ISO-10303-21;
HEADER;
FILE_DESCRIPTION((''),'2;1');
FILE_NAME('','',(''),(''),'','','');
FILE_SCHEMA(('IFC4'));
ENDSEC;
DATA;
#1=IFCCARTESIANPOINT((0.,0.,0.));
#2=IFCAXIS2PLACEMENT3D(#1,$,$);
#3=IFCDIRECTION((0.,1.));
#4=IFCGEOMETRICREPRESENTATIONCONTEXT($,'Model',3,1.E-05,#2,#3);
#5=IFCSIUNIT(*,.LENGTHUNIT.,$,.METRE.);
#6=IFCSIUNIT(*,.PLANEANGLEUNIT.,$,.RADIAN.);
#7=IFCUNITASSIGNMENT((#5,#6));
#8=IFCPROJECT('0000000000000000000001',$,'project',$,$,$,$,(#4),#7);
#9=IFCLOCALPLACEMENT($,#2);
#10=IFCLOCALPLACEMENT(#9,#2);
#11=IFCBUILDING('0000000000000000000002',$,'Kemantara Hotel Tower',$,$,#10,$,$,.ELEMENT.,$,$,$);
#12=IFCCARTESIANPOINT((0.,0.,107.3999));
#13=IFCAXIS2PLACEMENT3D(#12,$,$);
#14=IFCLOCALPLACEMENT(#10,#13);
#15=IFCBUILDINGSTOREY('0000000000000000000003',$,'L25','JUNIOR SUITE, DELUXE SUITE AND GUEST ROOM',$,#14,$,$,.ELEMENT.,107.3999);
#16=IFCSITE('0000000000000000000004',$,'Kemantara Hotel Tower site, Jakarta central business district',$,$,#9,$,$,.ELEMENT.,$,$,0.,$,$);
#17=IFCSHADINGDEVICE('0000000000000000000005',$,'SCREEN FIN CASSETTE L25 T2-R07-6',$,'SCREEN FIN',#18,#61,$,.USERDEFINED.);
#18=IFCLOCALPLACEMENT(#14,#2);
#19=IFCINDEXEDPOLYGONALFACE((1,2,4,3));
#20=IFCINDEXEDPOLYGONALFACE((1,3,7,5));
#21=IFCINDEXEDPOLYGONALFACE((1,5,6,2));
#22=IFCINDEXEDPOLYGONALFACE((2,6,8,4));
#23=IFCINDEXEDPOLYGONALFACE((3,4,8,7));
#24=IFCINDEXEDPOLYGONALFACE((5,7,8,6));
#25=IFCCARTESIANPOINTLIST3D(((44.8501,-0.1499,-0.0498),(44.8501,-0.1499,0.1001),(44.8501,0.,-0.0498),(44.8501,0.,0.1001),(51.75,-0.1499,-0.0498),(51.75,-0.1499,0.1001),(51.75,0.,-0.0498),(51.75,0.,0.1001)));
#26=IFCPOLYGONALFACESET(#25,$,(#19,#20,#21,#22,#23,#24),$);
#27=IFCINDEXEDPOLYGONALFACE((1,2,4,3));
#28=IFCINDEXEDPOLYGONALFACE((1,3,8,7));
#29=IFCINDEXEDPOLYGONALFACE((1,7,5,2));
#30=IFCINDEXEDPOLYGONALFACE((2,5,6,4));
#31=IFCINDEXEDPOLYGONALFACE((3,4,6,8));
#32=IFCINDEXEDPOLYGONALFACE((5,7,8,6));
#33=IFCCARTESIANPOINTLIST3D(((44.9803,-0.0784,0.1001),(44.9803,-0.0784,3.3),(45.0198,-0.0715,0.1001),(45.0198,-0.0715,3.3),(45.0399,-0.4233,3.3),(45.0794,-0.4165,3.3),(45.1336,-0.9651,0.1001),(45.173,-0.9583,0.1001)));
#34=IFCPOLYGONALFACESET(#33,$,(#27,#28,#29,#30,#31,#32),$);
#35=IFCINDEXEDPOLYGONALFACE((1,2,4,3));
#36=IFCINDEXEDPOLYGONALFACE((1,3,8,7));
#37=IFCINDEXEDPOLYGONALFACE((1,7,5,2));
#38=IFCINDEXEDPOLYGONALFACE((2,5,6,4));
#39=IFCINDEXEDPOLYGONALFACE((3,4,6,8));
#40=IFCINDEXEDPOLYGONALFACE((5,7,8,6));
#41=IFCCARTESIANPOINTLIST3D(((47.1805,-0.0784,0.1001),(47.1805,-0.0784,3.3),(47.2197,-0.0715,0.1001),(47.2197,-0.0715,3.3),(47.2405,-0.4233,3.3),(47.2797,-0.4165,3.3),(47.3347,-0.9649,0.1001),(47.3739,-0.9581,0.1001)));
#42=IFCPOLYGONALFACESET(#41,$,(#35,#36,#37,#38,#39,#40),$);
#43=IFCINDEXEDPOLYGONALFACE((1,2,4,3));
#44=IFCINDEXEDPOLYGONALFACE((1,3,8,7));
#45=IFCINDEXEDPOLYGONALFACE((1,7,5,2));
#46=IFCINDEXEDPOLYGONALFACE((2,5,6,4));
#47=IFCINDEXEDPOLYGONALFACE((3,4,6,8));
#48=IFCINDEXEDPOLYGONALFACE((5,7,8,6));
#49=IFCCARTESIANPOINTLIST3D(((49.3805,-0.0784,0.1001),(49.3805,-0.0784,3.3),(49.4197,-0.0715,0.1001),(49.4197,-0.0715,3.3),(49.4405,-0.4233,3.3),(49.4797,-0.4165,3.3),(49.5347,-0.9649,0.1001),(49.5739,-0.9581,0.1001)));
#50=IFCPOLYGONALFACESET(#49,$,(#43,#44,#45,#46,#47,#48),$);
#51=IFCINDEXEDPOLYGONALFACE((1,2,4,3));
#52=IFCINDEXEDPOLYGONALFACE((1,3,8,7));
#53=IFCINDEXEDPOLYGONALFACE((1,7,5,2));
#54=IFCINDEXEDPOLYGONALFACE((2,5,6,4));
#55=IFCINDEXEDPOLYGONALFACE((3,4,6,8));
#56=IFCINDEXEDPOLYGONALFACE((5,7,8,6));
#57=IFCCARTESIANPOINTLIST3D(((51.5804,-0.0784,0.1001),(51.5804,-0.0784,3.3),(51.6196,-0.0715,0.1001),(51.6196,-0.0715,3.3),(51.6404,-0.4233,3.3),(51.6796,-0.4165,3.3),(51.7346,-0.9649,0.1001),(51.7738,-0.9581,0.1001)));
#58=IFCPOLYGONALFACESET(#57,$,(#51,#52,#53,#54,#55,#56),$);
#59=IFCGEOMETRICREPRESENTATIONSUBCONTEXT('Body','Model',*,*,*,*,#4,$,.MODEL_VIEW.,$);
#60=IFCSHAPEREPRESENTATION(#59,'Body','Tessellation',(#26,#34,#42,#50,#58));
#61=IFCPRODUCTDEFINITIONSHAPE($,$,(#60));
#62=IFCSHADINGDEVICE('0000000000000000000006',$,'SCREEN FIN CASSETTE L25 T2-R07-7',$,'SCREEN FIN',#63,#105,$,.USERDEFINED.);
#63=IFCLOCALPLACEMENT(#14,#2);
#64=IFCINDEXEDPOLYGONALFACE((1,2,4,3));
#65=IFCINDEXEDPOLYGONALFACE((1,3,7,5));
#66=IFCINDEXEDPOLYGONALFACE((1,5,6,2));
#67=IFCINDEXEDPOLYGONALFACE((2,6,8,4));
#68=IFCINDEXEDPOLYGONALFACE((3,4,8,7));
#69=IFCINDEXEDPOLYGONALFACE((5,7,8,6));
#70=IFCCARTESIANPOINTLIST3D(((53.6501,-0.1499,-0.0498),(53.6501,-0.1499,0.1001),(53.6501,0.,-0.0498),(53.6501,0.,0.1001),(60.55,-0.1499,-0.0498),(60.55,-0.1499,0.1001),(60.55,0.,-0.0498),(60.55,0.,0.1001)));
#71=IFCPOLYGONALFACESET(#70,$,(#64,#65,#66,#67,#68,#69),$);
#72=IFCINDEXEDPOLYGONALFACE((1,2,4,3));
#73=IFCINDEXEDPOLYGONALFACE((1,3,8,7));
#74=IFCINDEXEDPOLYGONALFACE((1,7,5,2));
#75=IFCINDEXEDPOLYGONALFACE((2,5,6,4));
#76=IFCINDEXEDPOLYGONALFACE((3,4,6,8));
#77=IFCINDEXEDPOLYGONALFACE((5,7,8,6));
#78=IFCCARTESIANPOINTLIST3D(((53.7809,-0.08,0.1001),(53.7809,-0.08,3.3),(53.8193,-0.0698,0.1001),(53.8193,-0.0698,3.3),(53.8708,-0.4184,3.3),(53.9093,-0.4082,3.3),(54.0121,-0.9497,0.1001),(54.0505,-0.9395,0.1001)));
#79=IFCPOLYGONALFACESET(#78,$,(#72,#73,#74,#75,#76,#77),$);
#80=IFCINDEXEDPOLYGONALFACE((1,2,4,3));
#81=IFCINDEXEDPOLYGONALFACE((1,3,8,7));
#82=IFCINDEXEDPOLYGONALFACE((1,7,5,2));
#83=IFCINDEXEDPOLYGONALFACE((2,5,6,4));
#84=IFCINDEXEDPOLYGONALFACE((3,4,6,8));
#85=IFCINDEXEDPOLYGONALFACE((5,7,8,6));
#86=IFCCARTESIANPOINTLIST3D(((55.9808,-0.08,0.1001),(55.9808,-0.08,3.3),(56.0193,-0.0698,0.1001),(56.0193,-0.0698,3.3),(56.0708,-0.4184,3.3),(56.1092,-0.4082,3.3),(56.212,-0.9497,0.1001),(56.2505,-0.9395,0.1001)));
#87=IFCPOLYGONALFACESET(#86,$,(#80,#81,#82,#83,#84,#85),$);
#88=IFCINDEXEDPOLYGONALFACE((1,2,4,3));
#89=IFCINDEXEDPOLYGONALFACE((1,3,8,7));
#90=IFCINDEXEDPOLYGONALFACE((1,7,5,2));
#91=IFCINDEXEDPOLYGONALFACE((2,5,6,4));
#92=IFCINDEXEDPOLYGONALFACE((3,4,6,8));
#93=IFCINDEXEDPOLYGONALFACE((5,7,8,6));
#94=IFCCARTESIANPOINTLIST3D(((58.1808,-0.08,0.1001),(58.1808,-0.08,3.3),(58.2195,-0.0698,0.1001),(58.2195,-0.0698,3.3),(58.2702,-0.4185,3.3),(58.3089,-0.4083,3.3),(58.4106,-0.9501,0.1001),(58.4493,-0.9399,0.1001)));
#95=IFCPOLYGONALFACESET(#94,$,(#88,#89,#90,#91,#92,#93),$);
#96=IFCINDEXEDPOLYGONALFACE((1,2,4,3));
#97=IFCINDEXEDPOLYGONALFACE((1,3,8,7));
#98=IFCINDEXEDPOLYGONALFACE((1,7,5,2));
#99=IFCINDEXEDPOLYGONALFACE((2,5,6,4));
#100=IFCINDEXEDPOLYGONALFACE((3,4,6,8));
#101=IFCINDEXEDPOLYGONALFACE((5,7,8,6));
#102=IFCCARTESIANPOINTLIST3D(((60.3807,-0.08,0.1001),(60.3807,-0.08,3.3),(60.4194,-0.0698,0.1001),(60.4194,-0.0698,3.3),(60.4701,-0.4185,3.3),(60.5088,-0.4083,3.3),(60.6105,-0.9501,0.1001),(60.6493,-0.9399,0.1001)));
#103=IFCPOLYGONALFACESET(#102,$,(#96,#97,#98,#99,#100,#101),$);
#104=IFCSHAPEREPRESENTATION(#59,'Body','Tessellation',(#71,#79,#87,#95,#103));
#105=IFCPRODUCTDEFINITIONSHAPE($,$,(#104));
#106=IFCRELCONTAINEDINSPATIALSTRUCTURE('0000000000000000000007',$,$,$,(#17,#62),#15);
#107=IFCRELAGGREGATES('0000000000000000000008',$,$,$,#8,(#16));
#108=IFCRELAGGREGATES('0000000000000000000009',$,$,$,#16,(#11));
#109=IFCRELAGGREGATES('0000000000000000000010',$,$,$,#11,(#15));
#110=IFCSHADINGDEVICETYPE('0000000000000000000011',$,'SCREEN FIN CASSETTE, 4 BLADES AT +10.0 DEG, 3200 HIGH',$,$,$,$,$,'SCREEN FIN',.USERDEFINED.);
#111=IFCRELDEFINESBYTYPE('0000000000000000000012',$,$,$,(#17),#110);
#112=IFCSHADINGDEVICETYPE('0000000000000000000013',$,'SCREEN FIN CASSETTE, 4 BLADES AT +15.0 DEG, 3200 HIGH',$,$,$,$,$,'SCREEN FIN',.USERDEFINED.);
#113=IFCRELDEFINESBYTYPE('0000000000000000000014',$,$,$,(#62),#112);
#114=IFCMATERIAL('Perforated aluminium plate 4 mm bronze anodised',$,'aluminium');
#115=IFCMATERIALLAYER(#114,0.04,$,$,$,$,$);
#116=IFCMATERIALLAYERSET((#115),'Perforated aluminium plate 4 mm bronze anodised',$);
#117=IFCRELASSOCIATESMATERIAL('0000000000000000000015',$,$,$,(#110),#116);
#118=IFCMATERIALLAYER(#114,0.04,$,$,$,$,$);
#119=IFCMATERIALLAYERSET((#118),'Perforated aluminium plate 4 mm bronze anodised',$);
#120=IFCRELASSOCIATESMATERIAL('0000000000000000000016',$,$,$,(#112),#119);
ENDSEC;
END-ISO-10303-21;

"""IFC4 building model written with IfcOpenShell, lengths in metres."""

from ifc_helpers import new_model, si_unit, direction, frame, origin, origin_2d, place, context, subcontext, project, spatial, polyline, rectangle, outline, extrude, source, transform, mapped, material, layer, layer_set, type_object, element, save


model = new_model("IFC4")

# Units and contexts
model_context = context("Model", 3, precision=1e-05, world=origin(), true_north=direction((0.0, 1.0)))
body_context = subcontext(model_context, "Body", "Model", "MODEL_VIEW")
ifc_project = project(units=[si_unit("LENGTHUNIT", "METRE"), si_unit("PLANEANGLEUNIT", "RADIAN")], contexts=[model_context])

# Site, building, storey
site_placement = place(None, origin())
site = spatial("IfcSite", under=ifc_project, at=site_placement, Name="Kemantara Hotel Tower site, Jakarta central business district", CompositionType="ELEMENT", RefElevation=0.0)
building_placement = place(site_placement, origin())
building = spatial("IfcBuilding", under=site, at=building_placement, Name="Kemantara Hotel Tower", CompositionType="ELEMENT")
storey_placement = place(building_placement, frame((0.0, 0.0, 107.3999)))
storey = spatial("IfcBuildingStorey", under=building, at=storey_placement, Name="L25", Description="JUNIOR SUITE, DELUXE SUITE AND GUEST ROOM", CompositionType="ELEMENT", Elevation=107.3999)

# Shading devices
ifc_material_1 = material(Name="Perforated aluminium plate 4 mm bronze anodised", Category="aluminium")
ifc_layer_1 = layer(ifc_material_1, 0.04)
ifc_layer_set_1 = layer_set([ifc_layer_1], Name="Perforated aluminium plate 4 mm bronze anodised")
shading_device_type_1 = type_object("IfcShadingDeviceType", Name="SCREEN FIN CASSETTE, 4 BLADES AT +10.0 DEG, 3200 HIGH", ElementType="SCREEN FIN", PredefinedType="USERDEFINED", material=ifc_layer_set_1)
shared_shape_1 = source(origin(), body_context, "Body", "SweptSolid", [
    extrude(rectangle(XDim=6.8999, YDim=0.1499, at=origin_2d()), frame((3.3, -0.075, -0.1499), z_axis=(0.0, 0.0, 1.0), x_axis=(1.0, 0.0, 0.0)), (0.0, 0.0, 1.0), 0.1499),
    extrude(outline(polyline([(0.0, 0.0), (0.8999, 0.0), (0.3501, 3.2), (0.0, 3.2), (0.0, 0.0)])), frame((0.0198, -0.0715, 0.0), z_axis=(-0.98539, -0.170314, 0.0), x_axis=(0.170314, -0.98539, 0.0)), (0.0, 0.0, 1.0), 0.04),
    extrude(outline(polyline([(0.0, 0.0), (0.8999, 0.0), (0.3501, 3.2), (0.0, 3.2), (0.0, 0.0)])), frame((2.2197, -0.0715, 0.0), z_axis=(-0.985212, -0.171341, 0.0), x_axis=(0.171341, -0.985212, 0.0)), (0.0, 0.0, 1.0), 0.0398),
    extrude(outline(polyline([(0.0, 0.0), (0.8999, 0.0), (0.3501, 3.2), (0.0, 3.2), (0.0, 0.0)])), frame((4.4197, -0.0715, 0.0), z_axis=(-0.985212, -0.171341, 0.0), x_axis=(0.171341, -0.985212, 0.0)), (0.0, 0.0, 1.0), 0.0398),
    extrude(outline(polyline([(0.0, 0.0), (0.8999, 0.0), (0.3501, 3.2), (0.0, 3.2), (0.0, 0.0)])), frame((6.6196, -0.0715, 0.0), z_axis=(-0.985212, -0.171341, 0.0), x_axis=(0.171341, -0.985212, 0.0)), (0.0, 0.0, 1.0), 0.0398),
])
shading_device_1_placement = place(storey_placement, frame((45.0, 0.0, 0.1001), z_axis=(0.0, 0.0, 1.0), x_axis=(1.0, 0.0, 0.0)))
element("IfcShadingDevice", 1, at=shading_device_1_placement, inside=storey, type_object=shading_device_type_1, Name="SCREEN FIN CASSETTE L25 T2-R07-6", ObjectType="SCREEN FIN", PredefinedType="USERDEFINED", context=body_context, shape_type="MappedRepresentation", body=[
    mapped(shared_shape_1, transform((0.0, 0.0, 0.0))),
])
ifc_layer_2 = layer(ifc_material_1, 0.04)
ifc_layer_set_2 = layer_set([ifc_layer_2], Name="Perforated aluminium plate 4 mm bronze anodised")
shading_device_type_2 = type_object("IfcShadingDeviceType", Name="SCREEN FIN CASSETTE, 4 BLADES AT +15.0 DEG, 3200 HIGH", ElementType="SCREEN FIN", PredefinedType="USERDEFINED", material=ifc_layer_set_2)
shared_shape_2 = source(origin(), body_context, "Body", "SweptSolid", [
    extrude(rectangle(XDim=6.8999, YDim=0.1499, at=origin_2d()), frame((3.3, -0.075, -0.1499), z_axis=(0.0, 0.0, 1.0), x_axis=(1.0, 0.0, 0.0)), (0.0, 0.0, 1.0), 0.1499),
    extrude(outline(polyline([(0.0, 0.0), (0.8999, 0.0), (0.3501, 3.2), (0.0, 3.2), (0.0, 0.0)])), frame((0.0193, -0.0698, 0.0), z_axis=(-0.966438, -0.256901, 0.0), x_axis=(0.256901, -0.966438, 0.0)), (0.0, 0.0, 1.0), 0.0398),
    extrude(outline(polyline([(0.0, 0.0), (0.8999, 0.0), (0.3501, 3.2), (0.0, 3.2), (0.0, 0.0)])), frame((2.2192, -0.0698, 0.0), z_axis=(-0.966438, -0.256901, 0.0), x_axis=(0.256901, -0.966438, 0.0)), (0.0, 0.0, 1.0), 0.0398),
    extrude(outline(polyline([(0.0, 0.0), (0.8999, 0.0), (0.3501, 3.2), (0.0, 3.2), (0.0, 0.0)])), frame((4.4194, -0.0698, 0.0), z_axis=(-0.966838, -0.255391, 0.0), x_axis=(0.255391, -0.966838, 0.0)), (0.0, 0.0, 1.0), 0.04),
    extrude(outline(polyline([(0.0, 0.0), (0.8999, 0.0), (0.3501, 3.2), (0.0, 3.2), (0.0, 0.0)])), frame((6.6194, -0.0698, 0.0), z_axis=(-0.966838, -0.255391, 0.0), x_axis=(0.255391, -0.966838, 0.0)), (0.0, 0.0, 1.0), 0.04),
])
shading_device_2_placement = place(storey_placement, frame((53.8, 0.0, 0.1001), z_axis=(0.0, 0.0, 1.0), x_axis=(1.0, 0.0, 0.0)))
element("IfcShadingDevice", 2, at=shading_device_2_placement, inside=storey, type_object=shading_device_type_2, Name="SCREEN FIN CASSETTE L25 T2-R07-7", ObjectType="SCREEN FIN", PredefinedType="USERDEFINED", context=body_context, shape_type="MappedRepresentation", body=[
    mapped(shared_shape_2, transform((0.0, 0.0, 0.0))),
])

save(model, "model.ifc")
